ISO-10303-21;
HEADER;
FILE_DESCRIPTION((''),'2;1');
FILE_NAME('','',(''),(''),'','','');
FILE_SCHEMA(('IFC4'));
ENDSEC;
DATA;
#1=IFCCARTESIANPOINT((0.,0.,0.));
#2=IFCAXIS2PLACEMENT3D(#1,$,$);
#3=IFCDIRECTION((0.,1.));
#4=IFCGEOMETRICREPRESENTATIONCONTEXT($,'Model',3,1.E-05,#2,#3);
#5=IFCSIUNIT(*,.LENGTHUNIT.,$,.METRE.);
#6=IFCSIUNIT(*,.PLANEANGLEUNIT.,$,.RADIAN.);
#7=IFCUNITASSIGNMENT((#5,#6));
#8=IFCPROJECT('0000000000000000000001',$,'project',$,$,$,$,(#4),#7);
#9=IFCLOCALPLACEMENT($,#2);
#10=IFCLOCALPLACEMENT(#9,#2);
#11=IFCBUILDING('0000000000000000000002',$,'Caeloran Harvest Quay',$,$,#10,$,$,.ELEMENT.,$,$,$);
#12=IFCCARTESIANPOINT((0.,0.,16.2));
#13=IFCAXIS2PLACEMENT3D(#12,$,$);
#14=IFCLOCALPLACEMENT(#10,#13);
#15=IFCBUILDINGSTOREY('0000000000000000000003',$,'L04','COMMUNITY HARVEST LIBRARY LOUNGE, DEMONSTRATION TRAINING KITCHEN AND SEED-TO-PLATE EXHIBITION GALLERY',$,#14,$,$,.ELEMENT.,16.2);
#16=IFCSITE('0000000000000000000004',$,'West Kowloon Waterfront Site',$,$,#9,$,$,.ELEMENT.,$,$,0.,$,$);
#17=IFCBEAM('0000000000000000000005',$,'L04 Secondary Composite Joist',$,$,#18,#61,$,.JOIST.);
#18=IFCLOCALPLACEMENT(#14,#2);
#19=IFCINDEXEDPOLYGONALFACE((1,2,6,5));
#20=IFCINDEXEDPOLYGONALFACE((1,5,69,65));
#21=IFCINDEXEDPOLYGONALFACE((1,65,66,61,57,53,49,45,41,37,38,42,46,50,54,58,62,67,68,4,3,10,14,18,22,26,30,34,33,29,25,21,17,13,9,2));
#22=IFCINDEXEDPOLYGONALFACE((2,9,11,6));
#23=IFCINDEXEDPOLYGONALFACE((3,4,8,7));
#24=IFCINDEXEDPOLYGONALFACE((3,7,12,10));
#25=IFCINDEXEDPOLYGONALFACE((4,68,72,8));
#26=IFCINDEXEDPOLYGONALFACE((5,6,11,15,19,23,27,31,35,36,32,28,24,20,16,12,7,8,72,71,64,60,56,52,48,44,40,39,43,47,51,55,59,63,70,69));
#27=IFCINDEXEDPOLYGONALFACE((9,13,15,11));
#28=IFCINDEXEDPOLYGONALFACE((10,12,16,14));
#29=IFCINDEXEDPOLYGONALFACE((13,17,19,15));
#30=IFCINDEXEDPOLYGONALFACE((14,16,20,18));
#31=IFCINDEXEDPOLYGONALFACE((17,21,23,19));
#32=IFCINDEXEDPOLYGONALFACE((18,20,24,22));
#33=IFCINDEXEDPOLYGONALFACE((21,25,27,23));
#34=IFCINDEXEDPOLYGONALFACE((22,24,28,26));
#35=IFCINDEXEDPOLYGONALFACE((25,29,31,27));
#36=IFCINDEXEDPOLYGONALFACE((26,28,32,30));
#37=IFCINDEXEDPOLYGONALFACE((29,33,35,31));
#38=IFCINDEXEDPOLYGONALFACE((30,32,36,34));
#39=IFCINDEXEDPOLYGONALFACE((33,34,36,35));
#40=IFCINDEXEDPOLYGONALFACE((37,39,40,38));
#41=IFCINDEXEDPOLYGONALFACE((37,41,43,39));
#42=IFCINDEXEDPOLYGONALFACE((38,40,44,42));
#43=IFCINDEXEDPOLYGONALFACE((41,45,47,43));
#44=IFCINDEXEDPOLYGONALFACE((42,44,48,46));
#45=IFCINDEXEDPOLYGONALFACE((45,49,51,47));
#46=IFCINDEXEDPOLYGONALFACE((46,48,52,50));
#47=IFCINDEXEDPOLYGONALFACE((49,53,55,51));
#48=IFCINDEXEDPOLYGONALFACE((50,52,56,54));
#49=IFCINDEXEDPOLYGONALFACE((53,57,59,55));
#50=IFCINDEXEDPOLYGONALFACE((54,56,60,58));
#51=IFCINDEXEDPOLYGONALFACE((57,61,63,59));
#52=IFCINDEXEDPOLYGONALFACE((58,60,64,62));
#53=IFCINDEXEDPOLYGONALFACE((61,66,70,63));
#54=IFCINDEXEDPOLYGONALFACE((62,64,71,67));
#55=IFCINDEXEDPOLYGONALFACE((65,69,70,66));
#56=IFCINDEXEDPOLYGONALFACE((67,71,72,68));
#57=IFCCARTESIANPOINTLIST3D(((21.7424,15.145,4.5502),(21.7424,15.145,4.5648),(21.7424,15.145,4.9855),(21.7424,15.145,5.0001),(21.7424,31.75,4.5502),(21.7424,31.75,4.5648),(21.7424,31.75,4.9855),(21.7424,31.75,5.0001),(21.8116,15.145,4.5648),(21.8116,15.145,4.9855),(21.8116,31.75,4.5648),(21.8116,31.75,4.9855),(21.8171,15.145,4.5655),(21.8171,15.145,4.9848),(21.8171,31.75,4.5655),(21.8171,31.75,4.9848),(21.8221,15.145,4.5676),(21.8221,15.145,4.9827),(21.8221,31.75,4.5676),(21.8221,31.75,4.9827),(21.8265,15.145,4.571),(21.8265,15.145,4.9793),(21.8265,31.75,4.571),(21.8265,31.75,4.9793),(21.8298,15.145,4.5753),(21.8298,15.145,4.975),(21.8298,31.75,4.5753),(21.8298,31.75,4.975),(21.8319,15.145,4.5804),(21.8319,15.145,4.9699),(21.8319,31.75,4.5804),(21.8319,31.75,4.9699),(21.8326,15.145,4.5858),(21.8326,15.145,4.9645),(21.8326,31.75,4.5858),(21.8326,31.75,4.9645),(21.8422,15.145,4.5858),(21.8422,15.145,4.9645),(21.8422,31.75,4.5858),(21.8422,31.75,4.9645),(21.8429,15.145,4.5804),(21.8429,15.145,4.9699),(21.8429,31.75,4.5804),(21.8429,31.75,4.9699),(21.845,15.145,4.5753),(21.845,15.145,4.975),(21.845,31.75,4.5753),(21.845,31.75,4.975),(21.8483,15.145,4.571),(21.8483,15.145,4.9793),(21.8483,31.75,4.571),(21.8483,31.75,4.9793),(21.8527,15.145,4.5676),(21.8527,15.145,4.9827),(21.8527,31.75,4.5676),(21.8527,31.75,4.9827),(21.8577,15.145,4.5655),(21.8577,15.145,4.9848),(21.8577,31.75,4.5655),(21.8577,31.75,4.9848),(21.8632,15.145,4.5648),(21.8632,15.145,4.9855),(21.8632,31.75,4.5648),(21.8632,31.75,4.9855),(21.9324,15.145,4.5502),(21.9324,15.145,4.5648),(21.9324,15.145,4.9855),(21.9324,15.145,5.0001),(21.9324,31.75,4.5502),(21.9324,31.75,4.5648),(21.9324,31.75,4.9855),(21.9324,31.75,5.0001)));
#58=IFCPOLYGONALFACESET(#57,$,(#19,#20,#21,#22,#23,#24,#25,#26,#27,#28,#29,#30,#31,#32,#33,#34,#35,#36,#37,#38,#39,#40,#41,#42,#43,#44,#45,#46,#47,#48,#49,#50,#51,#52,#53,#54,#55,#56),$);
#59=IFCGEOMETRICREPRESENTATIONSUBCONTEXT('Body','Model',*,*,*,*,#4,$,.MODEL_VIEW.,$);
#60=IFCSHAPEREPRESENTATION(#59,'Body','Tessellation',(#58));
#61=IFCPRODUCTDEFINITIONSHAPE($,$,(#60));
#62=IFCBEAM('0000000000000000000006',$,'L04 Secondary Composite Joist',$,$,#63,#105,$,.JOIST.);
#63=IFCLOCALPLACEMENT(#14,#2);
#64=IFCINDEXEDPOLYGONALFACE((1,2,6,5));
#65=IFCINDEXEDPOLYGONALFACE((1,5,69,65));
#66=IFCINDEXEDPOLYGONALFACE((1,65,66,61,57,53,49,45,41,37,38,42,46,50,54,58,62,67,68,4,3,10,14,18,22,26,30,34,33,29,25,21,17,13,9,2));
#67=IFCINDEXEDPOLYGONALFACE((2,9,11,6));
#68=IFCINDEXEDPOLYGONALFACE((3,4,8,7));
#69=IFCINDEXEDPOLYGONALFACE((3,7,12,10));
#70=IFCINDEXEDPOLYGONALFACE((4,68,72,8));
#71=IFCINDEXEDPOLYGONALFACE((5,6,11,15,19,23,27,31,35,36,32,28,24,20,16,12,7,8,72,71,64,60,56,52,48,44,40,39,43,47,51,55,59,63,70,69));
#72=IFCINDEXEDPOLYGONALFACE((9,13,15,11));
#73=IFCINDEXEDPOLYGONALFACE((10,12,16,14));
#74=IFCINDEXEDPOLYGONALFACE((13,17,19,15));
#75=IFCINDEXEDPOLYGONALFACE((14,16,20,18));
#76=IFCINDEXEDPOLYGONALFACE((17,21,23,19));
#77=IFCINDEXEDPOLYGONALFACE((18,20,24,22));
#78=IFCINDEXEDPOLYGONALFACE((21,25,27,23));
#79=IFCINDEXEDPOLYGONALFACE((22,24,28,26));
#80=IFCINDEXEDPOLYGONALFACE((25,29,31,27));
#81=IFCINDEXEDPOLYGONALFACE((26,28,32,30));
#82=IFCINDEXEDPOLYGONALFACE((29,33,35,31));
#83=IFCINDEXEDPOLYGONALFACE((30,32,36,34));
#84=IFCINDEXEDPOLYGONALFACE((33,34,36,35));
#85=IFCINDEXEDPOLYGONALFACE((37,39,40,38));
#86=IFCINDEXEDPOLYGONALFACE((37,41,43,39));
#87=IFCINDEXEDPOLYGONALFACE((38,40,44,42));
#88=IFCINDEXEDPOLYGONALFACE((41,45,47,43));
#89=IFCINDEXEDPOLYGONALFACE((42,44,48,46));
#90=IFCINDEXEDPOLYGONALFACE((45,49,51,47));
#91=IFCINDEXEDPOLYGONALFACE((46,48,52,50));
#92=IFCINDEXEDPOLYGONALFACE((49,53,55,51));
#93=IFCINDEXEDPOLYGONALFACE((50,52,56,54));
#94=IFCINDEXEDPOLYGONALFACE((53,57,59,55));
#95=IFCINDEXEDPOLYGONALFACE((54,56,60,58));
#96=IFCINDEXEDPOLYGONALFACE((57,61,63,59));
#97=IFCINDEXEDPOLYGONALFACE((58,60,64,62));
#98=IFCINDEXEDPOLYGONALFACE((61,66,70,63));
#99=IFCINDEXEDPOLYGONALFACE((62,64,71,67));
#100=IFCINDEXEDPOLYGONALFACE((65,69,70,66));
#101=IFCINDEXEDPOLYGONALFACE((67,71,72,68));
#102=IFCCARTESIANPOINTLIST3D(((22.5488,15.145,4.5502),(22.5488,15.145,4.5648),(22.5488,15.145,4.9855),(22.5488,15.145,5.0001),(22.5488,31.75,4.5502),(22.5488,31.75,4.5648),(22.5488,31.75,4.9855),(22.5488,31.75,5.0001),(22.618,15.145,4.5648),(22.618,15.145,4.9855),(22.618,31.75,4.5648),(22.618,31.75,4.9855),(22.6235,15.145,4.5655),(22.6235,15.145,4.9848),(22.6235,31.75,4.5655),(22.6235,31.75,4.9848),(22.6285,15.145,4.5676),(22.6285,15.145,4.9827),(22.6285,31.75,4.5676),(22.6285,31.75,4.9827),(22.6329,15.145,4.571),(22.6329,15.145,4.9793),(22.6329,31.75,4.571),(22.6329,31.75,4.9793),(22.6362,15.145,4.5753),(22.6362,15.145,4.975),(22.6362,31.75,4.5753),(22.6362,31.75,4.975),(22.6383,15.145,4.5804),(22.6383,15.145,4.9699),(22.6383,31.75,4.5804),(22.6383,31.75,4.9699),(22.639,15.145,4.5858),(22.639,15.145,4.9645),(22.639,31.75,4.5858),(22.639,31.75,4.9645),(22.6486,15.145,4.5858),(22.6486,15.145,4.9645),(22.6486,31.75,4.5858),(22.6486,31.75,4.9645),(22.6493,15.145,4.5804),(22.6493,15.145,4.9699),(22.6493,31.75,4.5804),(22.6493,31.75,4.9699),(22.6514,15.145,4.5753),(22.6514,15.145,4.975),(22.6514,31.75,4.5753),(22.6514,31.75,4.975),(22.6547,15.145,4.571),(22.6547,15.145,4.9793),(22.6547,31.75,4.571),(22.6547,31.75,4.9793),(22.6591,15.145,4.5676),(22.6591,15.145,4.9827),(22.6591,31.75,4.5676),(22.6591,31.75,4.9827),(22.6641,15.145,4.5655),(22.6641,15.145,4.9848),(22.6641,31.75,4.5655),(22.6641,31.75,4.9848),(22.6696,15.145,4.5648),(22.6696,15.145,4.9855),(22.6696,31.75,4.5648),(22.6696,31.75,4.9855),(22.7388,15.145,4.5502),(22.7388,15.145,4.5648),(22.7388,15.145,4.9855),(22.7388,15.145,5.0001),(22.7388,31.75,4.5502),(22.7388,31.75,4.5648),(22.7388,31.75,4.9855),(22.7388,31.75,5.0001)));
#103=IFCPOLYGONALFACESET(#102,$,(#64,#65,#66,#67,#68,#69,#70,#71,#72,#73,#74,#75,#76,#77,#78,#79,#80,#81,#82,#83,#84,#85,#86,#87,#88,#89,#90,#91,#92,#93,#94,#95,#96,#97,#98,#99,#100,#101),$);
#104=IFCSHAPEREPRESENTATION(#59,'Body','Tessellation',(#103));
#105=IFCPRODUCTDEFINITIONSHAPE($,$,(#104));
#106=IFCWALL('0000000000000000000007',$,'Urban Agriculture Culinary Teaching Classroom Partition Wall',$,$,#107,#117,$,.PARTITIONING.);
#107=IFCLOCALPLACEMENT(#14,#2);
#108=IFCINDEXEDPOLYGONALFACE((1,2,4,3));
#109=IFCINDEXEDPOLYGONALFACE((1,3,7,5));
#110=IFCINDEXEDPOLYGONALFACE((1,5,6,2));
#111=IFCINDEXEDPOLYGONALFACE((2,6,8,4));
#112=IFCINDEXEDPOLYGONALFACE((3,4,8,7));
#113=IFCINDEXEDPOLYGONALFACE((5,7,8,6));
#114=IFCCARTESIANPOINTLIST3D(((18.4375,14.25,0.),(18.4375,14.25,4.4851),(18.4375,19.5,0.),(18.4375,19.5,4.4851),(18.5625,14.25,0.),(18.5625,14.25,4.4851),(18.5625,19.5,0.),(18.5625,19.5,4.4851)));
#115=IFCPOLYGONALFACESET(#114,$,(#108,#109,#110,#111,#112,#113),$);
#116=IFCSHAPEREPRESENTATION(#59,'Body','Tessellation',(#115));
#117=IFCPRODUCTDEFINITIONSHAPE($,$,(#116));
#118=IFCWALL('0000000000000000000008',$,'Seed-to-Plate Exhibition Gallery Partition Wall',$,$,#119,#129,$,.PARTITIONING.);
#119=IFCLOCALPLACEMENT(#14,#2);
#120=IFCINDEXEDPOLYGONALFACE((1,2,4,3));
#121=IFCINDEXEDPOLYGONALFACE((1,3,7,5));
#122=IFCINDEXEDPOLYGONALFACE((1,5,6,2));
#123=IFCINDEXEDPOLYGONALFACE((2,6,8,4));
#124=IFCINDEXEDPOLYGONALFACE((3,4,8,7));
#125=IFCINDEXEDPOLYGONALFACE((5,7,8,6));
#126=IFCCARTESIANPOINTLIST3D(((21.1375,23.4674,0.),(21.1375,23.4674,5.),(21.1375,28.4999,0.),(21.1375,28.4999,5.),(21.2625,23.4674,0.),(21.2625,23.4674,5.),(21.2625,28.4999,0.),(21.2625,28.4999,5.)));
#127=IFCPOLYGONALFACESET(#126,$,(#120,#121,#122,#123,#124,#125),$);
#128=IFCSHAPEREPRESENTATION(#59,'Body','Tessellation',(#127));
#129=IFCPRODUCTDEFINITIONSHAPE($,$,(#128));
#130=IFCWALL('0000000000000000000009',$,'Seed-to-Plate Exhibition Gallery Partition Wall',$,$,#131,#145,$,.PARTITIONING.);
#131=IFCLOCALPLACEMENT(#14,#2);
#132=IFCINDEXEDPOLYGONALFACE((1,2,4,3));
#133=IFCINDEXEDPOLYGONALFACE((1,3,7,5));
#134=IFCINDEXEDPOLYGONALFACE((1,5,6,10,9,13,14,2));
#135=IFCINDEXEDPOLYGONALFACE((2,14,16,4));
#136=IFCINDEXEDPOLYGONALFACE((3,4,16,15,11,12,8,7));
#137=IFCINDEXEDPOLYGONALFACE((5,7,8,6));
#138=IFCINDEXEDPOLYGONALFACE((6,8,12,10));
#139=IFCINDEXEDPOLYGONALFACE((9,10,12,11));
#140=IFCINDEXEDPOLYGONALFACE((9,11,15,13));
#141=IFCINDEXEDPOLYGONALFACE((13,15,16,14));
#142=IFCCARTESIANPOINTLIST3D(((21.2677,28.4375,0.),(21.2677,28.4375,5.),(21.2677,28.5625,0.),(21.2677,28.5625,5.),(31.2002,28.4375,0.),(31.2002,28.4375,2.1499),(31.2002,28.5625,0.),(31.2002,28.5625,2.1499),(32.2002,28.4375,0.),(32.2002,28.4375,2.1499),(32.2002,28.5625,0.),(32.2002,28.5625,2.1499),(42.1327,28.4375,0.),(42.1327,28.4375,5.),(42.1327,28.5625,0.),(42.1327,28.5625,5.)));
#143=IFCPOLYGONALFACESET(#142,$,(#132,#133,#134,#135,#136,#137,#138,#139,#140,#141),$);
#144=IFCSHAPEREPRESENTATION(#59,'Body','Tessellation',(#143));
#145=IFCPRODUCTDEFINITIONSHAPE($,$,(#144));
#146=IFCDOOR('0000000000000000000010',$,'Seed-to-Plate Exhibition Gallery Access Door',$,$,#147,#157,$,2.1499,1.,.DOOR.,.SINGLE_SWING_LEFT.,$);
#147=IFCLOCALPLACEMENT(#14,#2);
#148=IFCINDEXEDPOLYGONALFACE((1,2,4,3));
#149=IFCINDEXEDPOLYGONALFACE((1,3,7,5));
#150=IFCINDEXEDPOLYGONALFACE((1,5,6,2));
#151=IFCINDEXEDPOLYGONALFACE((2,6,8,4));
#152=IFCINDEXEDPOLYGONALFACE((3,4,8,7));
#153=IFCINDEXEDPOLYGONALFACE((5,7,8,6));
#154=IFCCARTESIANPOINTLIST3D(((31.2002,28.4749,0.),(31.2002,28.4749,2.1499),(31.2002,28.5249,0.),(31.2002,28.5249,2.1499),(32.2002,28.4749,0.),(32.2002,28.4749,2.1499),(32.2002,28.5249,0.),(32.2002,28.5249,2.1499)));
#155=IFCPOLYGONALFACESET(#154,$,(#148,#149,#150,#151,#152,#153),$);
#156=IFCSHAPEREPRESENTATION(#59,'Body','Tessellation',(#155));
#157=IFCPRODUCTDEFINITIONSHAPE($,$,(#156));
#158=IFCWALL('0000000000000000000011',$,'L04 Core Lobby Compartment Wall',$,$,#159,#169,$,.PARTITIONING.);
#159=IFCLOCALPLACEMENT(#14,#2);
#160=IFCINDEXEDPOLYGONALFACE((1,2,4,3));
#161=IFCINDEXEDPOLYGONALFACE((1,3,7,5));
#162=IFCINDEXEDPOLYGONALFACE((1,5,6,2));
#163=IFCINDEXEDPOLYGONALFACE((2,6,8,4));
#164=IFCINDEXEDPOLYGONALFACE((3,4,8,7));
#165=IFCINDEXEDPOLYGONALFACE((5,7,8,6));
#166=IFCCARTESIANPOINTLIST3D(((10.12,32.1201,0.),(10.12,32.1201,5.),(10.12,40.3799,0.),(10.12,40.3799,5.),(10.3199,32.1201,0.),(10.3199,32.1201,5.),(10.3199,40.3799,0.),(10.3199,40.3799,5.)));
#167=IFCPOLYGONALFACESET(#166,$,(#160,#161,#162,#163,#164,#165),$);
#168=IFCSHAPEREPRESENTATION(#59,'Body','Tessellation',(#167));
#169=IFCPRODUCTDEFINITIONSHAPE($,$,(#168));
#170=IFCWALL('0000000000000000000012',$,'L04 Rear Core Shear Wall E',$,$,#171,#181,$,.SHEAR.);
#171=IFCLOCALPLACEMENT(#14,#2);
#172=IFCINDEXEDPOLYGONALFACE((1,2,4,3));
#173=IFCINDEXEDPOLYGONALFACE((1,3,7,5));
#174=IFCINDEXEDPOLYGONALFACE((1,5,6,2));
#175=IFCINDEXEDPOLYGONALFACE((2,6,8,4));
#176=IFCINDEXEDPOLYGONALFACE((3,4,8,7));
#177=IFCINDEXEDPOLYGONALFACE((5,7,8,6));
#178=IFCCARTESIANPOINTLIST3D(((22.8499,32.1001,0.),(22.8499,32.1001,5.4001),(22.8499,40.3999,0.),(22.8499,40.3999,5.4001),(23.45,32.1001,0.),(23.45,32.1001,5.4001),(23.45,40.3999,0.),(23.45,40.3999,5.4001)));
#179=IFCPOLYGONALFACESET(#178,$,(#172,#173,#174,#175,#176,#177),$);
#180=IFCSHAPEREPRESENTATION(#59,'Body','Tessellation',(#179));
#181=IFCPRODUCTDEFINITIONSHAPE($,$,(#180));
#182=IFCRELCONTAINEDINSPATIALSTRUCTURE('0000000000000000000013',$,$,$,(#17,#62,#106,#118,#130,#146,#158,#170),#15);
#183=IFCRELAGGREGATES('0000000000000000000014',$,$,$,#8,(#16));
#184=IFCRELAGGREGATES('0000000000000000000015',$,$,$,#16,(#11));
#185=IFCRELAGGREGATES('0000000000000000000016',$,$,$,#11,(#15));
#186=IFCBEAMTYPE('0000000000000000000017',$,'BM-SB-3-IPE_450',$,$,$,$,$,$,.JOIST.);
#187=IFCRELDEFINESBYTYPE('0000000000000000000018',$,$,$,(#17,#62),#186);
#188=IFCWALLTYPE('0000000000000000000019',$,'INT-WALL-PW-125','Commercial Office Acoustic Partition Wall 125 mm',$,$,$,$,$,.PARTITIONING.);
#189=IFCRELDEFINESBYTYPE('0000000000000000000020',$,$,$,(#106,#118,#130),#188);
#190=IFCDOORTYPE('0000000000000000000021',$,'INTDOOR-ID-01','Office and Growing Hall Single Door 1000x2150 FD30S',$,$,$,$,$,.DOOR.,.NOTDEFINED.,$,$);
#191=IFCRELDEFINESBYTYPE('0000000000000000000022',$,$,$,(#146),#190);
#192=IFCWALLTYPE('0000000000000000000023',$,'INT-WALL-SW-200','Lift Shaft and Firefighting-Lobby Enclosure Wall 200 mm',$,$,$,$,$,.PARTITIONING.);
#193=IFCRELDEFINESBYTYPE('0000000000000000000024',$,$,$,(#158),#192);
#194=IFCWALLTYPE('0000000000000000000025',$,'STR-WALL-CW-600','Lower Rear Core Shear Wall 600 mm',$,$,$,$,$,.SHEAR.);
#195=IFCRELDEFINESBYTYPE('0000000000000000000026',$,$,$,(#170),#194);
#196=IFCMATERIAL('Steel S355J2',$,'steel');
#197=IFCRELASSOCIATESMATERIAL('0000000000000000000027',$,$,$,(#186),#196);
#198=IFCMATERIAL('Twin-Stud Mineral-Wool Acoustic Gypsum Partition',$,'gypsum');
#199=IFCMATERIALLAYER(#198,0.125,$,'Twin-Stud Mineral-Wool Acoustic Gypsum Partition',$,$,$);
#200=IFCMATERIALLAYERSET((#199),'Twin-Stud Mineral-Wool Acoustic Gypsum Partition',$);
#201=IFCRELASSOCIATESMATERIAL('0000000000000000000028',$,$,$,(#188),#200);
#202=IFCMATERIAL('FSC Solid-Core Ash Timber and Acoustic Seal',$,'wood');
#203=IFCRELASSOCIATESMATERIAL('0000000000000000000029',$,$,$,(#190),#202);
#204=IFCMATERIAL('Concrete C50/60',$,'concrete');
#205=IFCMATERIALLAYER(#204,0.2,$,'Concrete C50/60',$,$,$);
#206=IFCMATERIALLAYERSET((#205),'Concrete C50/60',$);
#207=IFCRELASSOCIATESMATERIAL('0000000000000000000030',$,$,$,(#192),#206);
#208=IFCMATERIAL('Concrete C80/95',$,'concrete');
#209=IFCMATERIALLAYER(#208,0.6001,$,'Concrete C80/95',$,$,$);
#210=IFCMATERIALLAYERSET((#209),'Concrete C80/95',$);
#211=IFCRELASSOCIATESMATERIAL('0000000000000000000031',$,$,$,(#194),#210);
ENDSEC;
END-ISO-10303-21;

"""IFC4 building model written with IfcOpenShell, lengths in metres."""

from ifc_helpers import new_model, si_unit, direction, frame, frame_2d, origin, origin_2d, place, context, subcontext, project, spatial, rectangle, i_section, extrude, material, layer, layer_set, material_profile, profile_set, type_object, element, fill, save


model = new_model("IFC4")

# Units and contexts
model_context = context("Model", 3, precision=1e-05, world=origin(), true_north=direction((0.0, 1.0)))
body_context = subcontext(model_context, "Body", "Model", "MODEL_VIEW")
ifc_project = project(units=[si_unit("LENGTHUNIT", "METRE"), si_unit("PLANEANGLEUNIT", "RADIAN")], contexts=[model_context])

# Site, building, storey
site_placement = place(None, origin())
site = spatial("IfcSite", under=ifc_project, at=site_placement, Name="West Kowloon Waterfront Site", CompositionType="ELEMENT", RefElevation=0.0)
building_placement = place(site_placement, origin())
building = spatial("IfcBuilding", under=site, at=building_placement, Name="Caeloran Harvest Quay", CompositionType="ELEMENT")
storey_placement = place(building_placement, frame((0.0, 0.0, 16.2)))
storey = spatial("IfcBuildingStorey", under=building, at=storey_placement, Name="L04", Description="COMMUNITY HARVEST LIBRARY LOUNGE, DEMONSTRATION TRAINING KITCHEN AND SEED-TO-PLATE EXHIBITION GALLERY", CompositionType="ELEMENT", Elevation=16.2)

# Shared definitions
ifc_material_1 = material(Name="Concrete C80/95", Category="concrete")

# Beams
ifc_material_2 = material(Name="Steel S355J2", Category="steel")
ifc_material_profile_1 = material_profile(ifc_material_2, i_section(OverallWidth=0.1899, OverallDepth=0.45, WebThickness=0.0095, FlangeThickness=0.0146, FilletRadius=0.021, at=origin_2d()), Name="IPE 450")
ifc_profile_set_1 = profile_set([ifc_material_profile_1], Name="Steel S355J2")
beam_type_1 = type_object("IfcBeamType", Name="BM-SB-3-IPE_450", PredefinedType="JOIST", material=ifc_profile_set_1)
for number, where, z_axis, x_axis, name in (
    (1, (21.8374, 15.145, 4.7751), (0.0, 1.0, 0.0), (-1.0, 0.0, 0.0), "L04 Secondary Composite Joist"),
    (2, (22.6438, 15.145, 4.7751), (0.0, 1.0, 0.0), (-1.0, 0.0, 0.0), "L04 Secondary Composite Joist"),
):
    element("IfcBeam", number, at=place(storey_placement, frame(where, z_axis=z_axis, x_axis=x_axis)), inside=storey, type_object=beam_type_1, Name=name, PredefinedType="JOIST", context=body_context, shape_type="SweptSolid", body=[
        extrude(i_section(OverallWidth=0.1899, OverallDepth=0.45, WebThickness=0.0095, FlangeThickness=0.0146, FilletRadius=0.021, at=origin_2d()), origin(), (0.0, 0.0, 1.0), 16.605),
    ])

# Walls
ifc_material_3 = material(Name="Twin-Stud Mineral-Wool Acoustic Gypsum Partition", Category="gypsum")
ifc_layer_1 = layer(ifc_material_3, 0.125, Name="Twin-Stud Mineral-Wool Acoustic Gypsum Partition")
ifc_layer_set_1 = layer_set([ifc_layer_1], Name="Twin-Stud Mineral-Wool Acoustic Gypsum Partition")
wall_type_1 = type_object("IfcWallType", Name="INT-WALL-PW-125", Description="Commercial Office Acoustic Partition Wall 125 mm", PredefinedType="PARTITIONING", material=ifc_layer_set_1)
wall_1_placement = place(storey_placement, frame((18.5, 19.5, 0.0), z_axis=(0.0, 0.0, 1.0), x_axis=(0.0, -1.0, 0.0)))
element("IfcWall", 3, at=wall_1_placement, inside=storey, type_object=wall_type_1, Name="Urban Agriculture Culinary Teaching Classroom Partition Wall", PredefinedType="PARTITIONING", context=body_context, shape_type="SweptSolid", body=[
    extrude(rectangle(XDim=5.25, YDim=0.125, at=frame_2d((2.625, 0.0))), origin(), (0.0, 0.0, 1.0), 4.4851),
])
wall_2_placement = place(storey_placement, frame((21.2, 23.4675, 0.0), z_axis=(0.0, 0.0, 1.0), x_axis=(0.0, 1.0, 0.0)))
element("IfcWall", 4, at=wall_2_placement, inside=storey, type_object=wall_type_1, Name="Seed-to-Plate Exhibition Gallery Partition Wall", PredefinedType="PARTITIONING", context=body_context, shape_type="SweptSolid", body=[
    extrude(rectangle(XDim=5.0325, YDim=0.125, at=frame_2d((2.5161, 0.0))), origin(), (0.0, 0.0, 1.0), 5.0),
])

# Wall, opening, door
wall_3_placement = place(storey_placement, frame((21.2676, 28.5, 0.0), z_axis=(0.0, 0.0, 1.0), x_axis=(1.0, 0.0, 0.0)))
wall_3 = element("IfcWall", 5, at=wall_3_placement, inside=storey, type_object=wall_type_1, Name="Seed-to-Plate Exhibition Gallery Partition Wall", PredefinedType="PARTITIONING", context=body_context, shape_type="SweptSolid", body=[
    extrude(rectangle(XDim=20.865, YDim=0.125, at=frame_2d((10.4326, 0.0))), origin(), (0.0, 0.0, 1.0), 5.0),
])
opening_1_placement = place(wall_3_placement, frame((9.9326, 0.0, 0.0)))
opening_1 = element("IfcOpeningElement", 6, at=opening_1_placement, cuts=wall_3, PredefinedType="OPENING", context=body_context, shape_type="SweptSolid", body=[
    extrude(rectangle(XDim=1.0, YDim=2.1499, at=frame_2d((0.5, 1.075))), frame((0.0, 0.0725, 0.0), z_axis=(0.0, -1.0, 0.0), x_axis=(1.0, 0.0, 0.0)), (0.0, 0.0, 1.0), 0.145),
])
ifc_material_4 = material(Name="FSC Solid-Core Ash Timber and Acoustic Seal", Category="wood")
door_type_1 = type_object("IfcDoorType", Name="INTDOOR-ID-01", Description="Office and Growing Hall Single Door 1000x2150 FD30S", OperationType="NOTDEFINED", PredefinedType="DOOR", material=ifc_material_4)
door_1_placement = place(opening_1_placement, origin())
door_1 = element("IfcDoor", 7, at=door_1_placement, inside=storey, type_object=door_type_1, Name="Seed-to-Plate Exhibition Gallery Access Door", OperationType="SINGLE_SWING_LEFT", OverallHeight=2.1499, OverallWidth=1.0, PredefinedType="DOOR", context=body_context, shape_type="SweptSolid", body=[
    extrude(rectangle(XDim=1.0, YDim=2.1499, at=frame_2d((0.5, 1.075))), frame((0.0, 0.0249, 0.0), z_axis=(0.0, -1.0, 0.0), x_axis=(1.0, 0.0, 0.0)), (0.0, 0.0, 1.0), 0.05),
])
fill(opening_1, door_1)

# Walls
ifc_material_5 = material(Name="Concrete C50/60", Category="concrete")
ifc_layer_2 = layer(ifc_material_5, 0.2, Name="Concrete C50/60")
ifc_layer_set_2 = layer_set([ifc_layer_2], Name="Concrete C50/60")
wall_type_2 = type_object("IfcWallType", Name="INT-WALL-SW-200", Description="Lift Shaft and Firefighting-Lobby Enclosure Wall 200 mm", PredefinedType="PARTITIONING", material=ifc_layer_set_2)
wall_4_placement = place(storey_placement, frame((10.22, 32.1201, 0.0), z_axis=(0.0, 0.0, 1.0), x_axis=(0.0, 1.0, 0.0)))
element("IfcWall", 8, at=wall_4_placement, inside=storey, type_object=wall_type_2, Name="L04 Core Lobby Compartment Wall", PredefinedType="PARTITIONING", context=body_context, shape_type="SweptSolid", body=[
    extrude(rectangle(XDim=8.2598, YDim=0.2, at=frame_2d((4.1299, 0.0))), origin(), (0.0, 0.0, 1.0), 5.0),
])
ifc_layer_3 = layer(ifc_material_1, 0.6001, Name="Concrete C80/95")
ifc_layer_set_3 = layer_set([ifc_layer_3], Name="Concrete C80/95")
wall_type_3 = type_object("IfcWallType", Name="STR-WALL-CW-600", Description="Lower Rear Core Shear Wall 600 mm", PredefinedType="SHEAR", material=ifc_layer_set_3)
wall_5_placement = place(storey_placement, frame((23.1499, 32.1001, 0.0), z_axis=(0.0, 0.0, 1.0), x_axis=(0.0, 1.0, 0.0)))
element("IfcWall", 9, at=wall_5_placement, inside=storey, type_object=wall_type_3, Name="L04 Rear Core Shear Wall E", PredefinedType="SHEAR", context=body_context, shape_type="SweptSolid", body=[
    extrude(rectangle(XDim=8.2998, YDim=0.6001, at=frame_2d((4.1499, 0.0))), origin(), (0.0, 0.0, 1.0), 5.4001),
])

save(model, "model.ifc")
